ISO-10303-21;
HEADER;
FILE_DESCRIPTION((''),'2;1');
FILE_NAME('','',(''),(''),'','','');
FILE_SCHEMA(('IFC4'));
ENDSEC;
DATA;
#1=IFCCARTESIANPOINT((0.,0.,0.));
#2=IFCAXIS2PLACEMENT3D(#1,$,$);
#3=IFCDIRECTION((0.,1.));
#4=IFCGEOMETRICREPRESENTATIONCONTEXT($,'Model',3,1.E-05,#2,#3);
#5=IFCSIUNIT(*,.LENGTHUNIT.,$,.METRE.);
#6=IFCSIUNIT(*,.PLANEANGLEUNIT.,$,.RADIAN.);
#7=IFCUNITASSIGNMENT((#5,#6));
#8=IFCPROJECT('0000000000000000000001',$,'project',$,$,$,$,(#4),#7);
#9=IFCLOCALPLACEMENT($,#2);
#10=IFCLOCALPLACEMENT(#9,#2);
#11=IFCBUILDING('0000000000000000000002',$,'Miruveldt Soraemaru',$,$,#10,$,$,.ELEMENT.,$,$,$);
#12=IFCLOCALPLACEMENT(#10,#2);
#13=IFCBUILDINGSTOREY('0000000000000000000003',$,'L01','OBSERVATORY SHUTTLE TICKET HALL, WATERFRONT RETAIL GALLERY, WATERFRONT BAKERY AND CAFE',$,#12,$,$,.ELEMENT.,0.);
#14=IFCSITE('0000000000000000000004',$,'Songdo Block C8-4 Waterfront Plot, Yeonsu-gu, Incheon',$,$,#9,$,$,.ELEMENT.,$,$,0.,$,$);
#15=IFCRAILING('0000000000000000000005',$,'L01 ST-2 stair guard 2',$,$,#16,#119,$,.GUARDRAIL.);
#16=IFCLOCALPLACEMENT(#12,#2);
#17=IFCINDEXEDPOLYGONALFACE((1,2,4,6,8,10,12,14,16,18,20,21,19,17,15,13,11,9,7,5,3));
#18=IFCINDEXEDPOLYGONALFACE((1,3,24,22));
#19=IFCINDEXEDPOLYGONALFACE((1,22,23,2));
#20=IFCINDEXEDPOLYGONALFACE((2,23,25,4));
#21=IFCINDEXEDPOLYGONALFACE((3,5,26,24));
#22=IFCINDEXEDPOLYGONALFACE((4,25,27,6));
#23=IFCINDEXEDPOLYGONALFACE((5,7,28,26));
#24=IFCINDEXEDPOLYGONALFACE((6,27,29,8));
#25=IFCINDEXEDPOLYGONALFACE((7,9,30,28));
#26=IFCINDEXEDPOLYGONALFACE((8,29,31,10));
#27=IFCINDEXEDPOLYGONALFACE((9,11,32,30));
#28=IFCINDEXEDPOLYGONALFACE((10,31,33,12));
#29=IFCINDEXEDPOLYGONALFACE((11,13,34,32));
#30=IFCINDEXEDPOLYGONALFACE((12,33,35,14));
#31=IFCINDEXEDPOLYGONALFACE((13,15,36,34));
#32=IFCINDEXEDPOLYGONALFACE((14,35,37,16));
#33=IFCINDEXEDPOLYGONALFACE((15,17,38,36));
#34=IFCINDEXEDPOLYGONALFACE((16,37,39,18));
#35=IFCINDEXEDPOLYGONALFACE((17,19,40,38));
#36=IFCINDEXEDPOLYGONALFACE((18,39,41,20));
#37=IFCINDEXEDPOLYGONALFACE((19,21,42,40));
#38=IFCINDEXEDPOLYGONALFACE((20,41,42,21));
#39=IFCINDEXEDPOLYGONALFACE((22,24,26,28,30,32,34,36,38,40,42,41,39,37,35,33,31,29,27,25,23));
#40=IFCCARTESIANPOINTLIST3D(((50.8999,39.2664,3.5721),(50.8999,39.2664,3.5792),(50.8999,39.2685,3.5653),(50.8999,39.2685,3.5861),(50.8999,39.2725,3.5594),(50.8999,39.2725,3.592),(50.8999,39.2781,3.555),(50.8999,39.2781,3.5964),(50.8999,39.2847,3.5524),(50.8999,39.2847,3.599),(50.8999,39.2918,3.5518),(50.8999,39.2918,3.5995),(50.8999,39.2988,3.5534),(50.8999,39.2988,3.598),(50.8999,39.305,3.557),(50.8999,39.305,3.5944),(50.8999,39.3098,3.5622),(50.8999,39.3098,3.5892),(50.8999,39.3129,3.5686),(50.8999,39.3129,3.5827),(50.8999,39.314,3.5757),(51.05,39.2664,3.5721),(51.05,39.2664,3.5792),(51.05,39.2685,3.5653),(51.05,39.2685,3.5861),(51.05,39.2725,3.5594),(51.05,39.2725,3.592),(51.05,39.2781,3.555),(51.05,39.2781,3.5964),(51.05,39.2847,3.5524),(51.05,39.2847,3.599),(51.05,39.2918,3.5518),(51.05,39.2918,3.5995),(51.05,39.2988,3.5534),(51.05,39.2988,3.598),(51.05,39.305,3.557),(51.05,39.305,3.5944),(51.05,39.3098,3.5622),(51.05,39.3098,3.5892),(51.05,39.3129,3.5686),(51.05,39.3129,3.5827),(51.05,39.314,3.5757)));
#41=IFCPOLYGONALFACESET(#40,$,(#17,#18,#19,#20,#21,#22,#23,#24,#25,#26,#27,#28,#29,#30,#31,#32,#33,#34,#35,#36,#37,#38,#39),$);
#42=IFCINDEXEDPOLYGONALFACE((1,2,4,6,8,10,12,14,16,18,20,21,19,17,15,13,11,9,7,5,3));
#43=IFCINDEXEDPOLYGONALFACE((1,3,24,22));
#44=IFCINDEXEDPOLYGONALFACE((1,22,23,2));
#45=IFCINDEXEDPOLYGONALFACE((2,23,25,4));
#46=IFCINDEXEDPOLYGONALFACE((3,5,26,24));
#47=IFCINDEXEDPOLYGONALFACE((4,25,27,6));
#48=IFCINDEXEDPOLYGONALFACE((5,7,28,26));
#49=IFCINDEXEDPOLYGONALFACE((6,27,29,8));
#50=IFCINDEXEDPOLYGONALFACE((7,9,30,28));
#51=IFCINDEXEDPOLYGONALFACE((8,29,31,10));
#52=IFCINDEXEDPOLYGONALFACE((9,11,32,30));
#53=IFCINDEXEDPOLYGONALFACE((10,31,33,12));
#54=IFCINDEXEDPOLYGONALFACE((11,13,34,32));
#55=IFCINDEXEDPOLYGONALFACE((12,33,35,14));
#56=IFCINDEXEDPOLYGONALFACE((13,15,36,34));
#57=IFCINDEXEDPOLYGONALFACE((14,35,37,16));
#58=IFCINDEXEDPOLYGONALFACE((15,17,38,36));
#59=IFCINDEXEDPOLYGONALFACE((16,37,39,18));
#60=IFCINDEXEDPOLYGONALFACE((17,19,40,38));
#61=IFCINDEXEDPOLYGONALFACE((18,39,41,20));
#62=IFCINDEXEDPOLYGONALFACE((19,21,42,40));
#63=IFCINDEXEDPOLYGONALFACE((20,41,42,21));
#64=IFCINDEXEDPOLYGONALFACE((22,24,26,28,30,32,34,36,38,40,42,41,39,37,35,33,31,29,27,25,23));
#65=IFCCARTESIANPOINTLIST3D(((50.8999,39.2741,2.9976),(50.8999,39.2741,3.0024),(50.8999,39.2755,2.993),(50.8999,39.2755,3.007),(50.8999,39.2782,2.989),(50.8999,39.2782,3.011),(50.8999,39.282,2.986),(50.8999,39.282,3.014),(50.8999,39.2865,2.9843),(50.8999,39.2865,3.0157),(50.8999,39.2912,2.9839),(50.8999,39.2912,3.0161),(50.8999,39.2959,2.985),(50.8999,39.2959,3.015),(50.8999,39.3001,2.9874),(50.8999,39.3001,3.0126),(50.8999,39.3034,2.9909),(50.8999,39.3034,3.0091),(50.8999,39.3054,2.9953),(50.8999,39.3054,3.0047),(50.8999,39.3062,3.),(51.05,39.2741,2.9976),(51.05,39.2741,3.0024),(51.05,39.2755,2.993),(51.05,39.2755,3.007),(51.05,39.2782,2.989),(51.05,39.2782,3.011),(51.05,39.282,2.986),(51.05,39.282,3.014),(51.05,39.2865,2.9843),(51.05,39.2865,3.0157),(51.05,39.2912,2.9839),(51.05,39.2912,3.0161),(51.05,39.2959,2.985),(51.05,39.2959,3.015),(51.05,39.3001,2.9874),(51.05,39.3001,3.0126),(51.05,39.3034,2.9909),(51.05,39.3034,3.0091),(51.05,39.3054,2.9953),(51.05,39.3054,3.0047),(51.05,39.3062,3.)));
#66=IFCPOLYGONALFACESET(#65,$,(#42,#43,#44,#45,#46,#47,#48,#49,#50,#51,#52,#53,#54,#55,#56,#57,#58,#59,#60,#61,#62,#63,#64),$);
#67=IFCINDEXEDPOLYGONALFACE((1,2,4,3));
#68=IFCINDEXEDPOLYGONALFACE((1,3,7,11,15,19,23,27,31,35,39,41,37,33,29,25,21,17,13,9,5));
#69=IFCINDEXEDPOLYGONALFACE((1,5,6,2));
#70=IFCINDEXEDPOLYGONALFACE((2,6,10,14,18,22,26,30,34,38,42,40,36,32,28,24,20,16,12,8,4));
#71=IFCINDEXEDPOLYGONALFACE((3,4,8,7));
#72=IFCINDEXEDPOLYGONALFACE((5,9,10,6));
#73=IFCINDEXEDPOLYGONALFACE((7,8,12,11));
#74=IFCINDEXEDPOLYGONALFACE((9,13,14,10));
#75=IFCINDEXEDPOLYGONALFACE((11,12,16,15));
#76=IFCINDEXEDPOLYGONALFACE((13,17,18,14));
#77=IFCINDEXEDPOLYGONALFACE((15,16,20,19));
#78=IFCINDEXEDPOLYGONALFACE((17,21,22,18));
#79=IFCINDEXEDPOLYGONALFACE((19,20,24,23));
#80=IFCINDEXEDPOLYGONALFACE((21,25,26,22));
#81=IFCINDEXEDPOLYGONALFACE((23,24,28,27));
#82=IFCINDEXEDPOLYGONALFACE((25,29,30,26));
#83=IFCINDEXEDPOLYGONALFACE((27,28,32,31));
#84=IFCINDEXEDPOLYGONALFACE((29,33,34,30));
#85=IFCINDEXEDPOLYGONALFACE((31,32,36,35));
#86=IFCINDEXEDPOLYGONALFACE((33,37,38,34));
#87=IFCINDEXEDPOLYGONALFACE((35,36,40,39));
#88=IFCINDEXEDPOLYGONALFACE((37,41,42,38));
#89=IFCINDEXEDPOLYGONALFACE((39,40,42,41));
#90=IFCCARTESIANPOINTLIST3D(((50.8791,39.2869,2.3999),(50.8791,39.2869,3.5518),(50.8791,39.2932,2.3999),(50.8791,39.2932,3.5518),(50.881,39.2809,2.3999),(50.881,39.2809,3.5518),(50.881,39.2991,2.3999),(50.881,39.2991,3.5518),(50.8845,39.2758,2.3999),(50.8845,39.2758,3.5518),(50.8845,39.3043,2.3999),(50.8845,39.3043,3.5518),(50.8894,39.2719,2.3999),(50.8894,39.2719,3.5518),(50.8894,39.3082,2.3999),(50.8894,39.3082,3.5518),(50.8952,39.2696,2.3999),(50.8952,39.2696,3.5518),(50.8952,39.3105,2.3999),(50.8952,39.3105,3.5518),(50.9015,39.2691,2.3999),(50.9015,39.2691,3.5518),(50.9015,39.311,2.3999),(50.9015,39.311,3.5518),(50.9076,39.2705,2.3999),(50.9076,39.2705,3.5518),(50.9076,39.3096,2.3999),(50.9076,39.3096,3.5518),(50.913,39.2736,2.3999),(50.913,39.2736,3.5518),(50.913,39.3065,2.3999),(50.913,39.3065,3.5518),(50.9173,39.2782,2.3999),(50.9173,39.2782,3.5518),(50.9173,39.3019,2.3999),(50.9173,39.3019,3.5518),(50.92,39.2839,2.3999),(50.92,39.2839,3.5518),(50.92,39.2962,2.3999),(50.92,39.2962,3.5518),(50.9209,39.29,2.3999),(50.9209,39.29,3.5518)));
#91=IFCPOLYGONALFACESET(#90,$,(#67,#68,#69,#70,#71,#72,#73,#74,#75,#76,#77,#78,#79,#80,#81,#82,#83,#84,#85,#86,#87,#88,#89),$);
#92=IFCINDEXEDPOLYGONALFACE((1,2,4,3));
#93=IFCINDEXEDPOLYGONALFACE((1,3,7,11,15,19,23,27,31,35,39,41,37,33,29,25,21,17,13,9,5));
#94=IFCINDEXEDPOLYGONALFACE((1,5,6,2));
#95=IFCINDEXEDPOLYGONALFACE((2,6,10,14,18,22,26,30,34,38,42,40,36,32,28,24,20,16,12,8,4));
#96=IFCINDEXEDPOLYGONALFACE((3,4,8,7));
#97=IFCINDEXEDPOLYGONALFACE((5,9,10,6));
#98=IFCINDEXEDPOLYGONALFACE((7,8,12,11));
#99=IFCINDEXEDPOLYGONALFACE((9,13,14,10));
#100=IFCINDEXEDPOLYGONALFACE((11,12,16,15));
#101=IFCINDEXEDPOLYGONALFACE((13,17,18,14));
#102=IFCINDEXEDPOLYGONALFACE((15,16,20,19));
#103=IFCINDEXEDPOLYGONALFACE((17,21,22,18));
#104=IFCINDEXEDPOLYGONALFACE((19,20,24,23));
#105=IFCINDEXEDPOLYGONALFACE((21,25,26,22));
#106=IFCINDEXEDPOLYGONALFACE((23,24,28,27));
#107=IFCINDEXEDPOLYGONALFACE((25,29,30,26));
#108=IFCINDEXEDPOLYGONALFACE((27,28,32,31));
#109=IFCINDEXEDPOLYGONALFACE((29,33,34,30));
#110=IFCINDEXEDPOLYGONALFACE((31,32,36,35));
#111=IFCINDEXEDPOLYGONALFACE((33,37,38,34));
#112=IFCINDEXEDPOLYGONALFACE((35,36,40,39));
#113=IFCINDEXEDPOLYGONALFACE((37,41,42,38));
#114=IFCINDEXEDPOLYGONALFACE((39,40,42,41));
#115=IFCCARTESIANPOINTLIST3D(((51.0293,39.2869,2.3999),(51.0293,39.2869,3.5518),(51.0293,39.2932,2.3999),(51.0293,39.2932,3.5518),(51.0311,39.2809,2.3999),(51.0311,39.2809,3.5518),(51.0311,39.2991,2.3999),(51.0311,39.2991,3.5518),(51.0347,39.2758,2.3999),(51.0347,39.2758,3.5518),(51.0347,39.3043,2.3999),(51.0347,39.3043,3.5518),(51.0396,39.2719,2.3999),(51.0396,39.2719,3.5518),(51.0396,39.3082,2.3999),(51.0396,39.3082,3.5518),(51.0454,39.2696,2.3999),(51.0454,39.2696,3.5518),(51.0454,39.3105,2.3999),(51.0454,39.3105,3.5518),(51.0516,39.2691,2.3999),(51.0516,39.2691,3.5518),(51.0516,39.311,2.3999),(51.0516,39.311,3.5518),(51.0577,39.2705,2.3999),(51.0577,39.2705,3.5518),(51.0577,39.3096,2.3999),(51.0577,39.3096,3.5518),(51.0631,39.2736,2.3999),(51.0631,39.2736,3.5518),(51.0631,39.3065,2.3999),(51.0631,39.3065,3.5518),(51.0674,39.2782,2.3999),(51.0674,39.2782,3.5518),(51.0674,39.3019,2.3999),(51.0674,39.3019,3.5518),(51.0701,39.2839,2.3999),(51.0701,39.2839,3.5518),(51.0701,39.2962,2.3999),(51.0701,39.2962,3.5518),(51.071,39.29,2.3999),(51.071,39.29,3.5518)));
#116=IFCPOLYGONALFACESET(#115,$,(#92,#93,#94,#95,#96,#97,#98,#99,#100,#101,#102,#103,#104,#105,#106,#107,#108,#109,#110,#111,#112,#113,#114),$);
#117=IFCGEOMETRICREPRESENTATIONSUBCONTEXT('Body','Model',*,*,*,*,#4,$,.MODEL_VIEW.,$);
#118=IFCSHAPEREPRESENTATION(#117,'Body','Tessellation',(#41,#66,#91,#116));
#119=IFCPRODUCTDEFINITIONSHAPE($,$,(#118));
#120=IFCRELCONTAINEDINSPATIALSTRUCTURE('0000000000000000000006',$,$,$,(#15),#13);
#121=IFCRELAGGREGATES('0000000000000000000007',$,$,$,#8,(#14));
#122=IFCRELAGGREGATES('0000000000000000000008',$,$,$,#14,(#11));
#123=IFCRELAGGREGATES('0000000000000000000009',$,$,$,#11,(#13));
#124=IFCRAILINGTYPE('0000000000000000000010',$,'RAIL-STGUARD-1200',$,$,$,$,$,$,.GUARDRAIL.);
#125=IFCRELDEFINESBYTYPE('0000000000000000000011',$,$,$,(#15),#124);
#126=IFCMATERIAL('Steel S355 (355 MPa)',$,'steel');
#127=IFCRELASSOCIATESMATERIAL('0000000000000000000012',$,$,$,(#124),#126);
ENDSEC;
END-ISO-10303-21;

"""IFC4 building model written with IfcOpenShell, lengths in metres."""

from ifc_helpers import new_model, si_unit, direction, frame, origin, origin_2d, place, context, subcontext, project, spatial, circle, extrude, material, type_object, element, save


model = new_model("IFC4")

# Units and contexts
model_context = context("Model", 3, precision=1e-05, world=origin(), true_north=direction((0.0, 1.0)))
body_context = subcontext(model_context, "Body", "Model", "MODEL_VIEW")
ifc_project = project(units=[si_unit("LENGTHUNIT", "METRE"), si_unit("PLANEANGLEUNIT", "RADIAN")], contexts=[model_context])

# Site, building, storey
site_placement = place(None, origin())
site = spatial("IfcSite", under=ifc_project, at=site_placement, Name="Songdo Block C8-4 Waterfront Plot, Yeonsu-gu, Incheon", CompositionType="ELEMENT", RefElevation=0.0)
building_placement = place(site_placement, origin())
building = spatial("IfcBuilding", under=site, at=building_placement, Name="Miruveldt Soraemaru", CompositionType="ELEMENT")
storey_placement = place(building_placement, origin())
storey = spatial("IfcBuildingStorey", under=building, at=storey_placement, Name="L01", Description="OBSERVATORY SHUTTLE TICKET HALL, WATERFRONT RETAIL GALLERY, WATERFRONT BAKERY AND CAFE", CompositionType="ELEMENT", Elevation=0.0)

# Railing
ifc_material_1 = material(Name="Steel S355 (355 MPa)", Category="steel")
railing_type_1 = type_object("IfcRailingType", Name="RAIL-STGUARD-1200", PredefinedType="GUARDRAIL", material=ifc_material_1)
railing_1_placement = place(storey_placement, frame((50.8999, 39.29, 2.3999)))
element("IfcRailing", 1, at=railing_1_placement, inside=storey, type_object=railing_type_1, Name="L01 ST-2 stair guard 2", PredefinedType="GUARDRAIL", context=body_context, shape_type="SweptSolid", body=[
    extrude(circle(Radius=0.0239, at=origin_2d()), frame((0.0, 0.0, 1.1758), z_axis=(1.0, 0.0, 0.0), x_axis=(0.0, 1.0, 0.0)), (0.0, 0.0, 1.0), 0.1501),
    extrude(circle(Radius=0.0161, at=origin_2d()), frame((0.0, 0.0, 0.6001), z_axis=(1.0, 0.0, 0.0), x_axis=(0.0, 1.0, 0.0)), (0.0, 0.0, 1.0), 0.1501),
    extrude(circle(Radius=0.021, at=origin_2d()), origin(), (0.0, 0.0, 1.0), 1.1519),
    extrude(circle(Radius=0.021, at=origin_2d()), frame((0.1501, 0.0, 0.0)), (0.0, 0.0, 1.0), 1.1519),
])

save(model, "model.ifc")
